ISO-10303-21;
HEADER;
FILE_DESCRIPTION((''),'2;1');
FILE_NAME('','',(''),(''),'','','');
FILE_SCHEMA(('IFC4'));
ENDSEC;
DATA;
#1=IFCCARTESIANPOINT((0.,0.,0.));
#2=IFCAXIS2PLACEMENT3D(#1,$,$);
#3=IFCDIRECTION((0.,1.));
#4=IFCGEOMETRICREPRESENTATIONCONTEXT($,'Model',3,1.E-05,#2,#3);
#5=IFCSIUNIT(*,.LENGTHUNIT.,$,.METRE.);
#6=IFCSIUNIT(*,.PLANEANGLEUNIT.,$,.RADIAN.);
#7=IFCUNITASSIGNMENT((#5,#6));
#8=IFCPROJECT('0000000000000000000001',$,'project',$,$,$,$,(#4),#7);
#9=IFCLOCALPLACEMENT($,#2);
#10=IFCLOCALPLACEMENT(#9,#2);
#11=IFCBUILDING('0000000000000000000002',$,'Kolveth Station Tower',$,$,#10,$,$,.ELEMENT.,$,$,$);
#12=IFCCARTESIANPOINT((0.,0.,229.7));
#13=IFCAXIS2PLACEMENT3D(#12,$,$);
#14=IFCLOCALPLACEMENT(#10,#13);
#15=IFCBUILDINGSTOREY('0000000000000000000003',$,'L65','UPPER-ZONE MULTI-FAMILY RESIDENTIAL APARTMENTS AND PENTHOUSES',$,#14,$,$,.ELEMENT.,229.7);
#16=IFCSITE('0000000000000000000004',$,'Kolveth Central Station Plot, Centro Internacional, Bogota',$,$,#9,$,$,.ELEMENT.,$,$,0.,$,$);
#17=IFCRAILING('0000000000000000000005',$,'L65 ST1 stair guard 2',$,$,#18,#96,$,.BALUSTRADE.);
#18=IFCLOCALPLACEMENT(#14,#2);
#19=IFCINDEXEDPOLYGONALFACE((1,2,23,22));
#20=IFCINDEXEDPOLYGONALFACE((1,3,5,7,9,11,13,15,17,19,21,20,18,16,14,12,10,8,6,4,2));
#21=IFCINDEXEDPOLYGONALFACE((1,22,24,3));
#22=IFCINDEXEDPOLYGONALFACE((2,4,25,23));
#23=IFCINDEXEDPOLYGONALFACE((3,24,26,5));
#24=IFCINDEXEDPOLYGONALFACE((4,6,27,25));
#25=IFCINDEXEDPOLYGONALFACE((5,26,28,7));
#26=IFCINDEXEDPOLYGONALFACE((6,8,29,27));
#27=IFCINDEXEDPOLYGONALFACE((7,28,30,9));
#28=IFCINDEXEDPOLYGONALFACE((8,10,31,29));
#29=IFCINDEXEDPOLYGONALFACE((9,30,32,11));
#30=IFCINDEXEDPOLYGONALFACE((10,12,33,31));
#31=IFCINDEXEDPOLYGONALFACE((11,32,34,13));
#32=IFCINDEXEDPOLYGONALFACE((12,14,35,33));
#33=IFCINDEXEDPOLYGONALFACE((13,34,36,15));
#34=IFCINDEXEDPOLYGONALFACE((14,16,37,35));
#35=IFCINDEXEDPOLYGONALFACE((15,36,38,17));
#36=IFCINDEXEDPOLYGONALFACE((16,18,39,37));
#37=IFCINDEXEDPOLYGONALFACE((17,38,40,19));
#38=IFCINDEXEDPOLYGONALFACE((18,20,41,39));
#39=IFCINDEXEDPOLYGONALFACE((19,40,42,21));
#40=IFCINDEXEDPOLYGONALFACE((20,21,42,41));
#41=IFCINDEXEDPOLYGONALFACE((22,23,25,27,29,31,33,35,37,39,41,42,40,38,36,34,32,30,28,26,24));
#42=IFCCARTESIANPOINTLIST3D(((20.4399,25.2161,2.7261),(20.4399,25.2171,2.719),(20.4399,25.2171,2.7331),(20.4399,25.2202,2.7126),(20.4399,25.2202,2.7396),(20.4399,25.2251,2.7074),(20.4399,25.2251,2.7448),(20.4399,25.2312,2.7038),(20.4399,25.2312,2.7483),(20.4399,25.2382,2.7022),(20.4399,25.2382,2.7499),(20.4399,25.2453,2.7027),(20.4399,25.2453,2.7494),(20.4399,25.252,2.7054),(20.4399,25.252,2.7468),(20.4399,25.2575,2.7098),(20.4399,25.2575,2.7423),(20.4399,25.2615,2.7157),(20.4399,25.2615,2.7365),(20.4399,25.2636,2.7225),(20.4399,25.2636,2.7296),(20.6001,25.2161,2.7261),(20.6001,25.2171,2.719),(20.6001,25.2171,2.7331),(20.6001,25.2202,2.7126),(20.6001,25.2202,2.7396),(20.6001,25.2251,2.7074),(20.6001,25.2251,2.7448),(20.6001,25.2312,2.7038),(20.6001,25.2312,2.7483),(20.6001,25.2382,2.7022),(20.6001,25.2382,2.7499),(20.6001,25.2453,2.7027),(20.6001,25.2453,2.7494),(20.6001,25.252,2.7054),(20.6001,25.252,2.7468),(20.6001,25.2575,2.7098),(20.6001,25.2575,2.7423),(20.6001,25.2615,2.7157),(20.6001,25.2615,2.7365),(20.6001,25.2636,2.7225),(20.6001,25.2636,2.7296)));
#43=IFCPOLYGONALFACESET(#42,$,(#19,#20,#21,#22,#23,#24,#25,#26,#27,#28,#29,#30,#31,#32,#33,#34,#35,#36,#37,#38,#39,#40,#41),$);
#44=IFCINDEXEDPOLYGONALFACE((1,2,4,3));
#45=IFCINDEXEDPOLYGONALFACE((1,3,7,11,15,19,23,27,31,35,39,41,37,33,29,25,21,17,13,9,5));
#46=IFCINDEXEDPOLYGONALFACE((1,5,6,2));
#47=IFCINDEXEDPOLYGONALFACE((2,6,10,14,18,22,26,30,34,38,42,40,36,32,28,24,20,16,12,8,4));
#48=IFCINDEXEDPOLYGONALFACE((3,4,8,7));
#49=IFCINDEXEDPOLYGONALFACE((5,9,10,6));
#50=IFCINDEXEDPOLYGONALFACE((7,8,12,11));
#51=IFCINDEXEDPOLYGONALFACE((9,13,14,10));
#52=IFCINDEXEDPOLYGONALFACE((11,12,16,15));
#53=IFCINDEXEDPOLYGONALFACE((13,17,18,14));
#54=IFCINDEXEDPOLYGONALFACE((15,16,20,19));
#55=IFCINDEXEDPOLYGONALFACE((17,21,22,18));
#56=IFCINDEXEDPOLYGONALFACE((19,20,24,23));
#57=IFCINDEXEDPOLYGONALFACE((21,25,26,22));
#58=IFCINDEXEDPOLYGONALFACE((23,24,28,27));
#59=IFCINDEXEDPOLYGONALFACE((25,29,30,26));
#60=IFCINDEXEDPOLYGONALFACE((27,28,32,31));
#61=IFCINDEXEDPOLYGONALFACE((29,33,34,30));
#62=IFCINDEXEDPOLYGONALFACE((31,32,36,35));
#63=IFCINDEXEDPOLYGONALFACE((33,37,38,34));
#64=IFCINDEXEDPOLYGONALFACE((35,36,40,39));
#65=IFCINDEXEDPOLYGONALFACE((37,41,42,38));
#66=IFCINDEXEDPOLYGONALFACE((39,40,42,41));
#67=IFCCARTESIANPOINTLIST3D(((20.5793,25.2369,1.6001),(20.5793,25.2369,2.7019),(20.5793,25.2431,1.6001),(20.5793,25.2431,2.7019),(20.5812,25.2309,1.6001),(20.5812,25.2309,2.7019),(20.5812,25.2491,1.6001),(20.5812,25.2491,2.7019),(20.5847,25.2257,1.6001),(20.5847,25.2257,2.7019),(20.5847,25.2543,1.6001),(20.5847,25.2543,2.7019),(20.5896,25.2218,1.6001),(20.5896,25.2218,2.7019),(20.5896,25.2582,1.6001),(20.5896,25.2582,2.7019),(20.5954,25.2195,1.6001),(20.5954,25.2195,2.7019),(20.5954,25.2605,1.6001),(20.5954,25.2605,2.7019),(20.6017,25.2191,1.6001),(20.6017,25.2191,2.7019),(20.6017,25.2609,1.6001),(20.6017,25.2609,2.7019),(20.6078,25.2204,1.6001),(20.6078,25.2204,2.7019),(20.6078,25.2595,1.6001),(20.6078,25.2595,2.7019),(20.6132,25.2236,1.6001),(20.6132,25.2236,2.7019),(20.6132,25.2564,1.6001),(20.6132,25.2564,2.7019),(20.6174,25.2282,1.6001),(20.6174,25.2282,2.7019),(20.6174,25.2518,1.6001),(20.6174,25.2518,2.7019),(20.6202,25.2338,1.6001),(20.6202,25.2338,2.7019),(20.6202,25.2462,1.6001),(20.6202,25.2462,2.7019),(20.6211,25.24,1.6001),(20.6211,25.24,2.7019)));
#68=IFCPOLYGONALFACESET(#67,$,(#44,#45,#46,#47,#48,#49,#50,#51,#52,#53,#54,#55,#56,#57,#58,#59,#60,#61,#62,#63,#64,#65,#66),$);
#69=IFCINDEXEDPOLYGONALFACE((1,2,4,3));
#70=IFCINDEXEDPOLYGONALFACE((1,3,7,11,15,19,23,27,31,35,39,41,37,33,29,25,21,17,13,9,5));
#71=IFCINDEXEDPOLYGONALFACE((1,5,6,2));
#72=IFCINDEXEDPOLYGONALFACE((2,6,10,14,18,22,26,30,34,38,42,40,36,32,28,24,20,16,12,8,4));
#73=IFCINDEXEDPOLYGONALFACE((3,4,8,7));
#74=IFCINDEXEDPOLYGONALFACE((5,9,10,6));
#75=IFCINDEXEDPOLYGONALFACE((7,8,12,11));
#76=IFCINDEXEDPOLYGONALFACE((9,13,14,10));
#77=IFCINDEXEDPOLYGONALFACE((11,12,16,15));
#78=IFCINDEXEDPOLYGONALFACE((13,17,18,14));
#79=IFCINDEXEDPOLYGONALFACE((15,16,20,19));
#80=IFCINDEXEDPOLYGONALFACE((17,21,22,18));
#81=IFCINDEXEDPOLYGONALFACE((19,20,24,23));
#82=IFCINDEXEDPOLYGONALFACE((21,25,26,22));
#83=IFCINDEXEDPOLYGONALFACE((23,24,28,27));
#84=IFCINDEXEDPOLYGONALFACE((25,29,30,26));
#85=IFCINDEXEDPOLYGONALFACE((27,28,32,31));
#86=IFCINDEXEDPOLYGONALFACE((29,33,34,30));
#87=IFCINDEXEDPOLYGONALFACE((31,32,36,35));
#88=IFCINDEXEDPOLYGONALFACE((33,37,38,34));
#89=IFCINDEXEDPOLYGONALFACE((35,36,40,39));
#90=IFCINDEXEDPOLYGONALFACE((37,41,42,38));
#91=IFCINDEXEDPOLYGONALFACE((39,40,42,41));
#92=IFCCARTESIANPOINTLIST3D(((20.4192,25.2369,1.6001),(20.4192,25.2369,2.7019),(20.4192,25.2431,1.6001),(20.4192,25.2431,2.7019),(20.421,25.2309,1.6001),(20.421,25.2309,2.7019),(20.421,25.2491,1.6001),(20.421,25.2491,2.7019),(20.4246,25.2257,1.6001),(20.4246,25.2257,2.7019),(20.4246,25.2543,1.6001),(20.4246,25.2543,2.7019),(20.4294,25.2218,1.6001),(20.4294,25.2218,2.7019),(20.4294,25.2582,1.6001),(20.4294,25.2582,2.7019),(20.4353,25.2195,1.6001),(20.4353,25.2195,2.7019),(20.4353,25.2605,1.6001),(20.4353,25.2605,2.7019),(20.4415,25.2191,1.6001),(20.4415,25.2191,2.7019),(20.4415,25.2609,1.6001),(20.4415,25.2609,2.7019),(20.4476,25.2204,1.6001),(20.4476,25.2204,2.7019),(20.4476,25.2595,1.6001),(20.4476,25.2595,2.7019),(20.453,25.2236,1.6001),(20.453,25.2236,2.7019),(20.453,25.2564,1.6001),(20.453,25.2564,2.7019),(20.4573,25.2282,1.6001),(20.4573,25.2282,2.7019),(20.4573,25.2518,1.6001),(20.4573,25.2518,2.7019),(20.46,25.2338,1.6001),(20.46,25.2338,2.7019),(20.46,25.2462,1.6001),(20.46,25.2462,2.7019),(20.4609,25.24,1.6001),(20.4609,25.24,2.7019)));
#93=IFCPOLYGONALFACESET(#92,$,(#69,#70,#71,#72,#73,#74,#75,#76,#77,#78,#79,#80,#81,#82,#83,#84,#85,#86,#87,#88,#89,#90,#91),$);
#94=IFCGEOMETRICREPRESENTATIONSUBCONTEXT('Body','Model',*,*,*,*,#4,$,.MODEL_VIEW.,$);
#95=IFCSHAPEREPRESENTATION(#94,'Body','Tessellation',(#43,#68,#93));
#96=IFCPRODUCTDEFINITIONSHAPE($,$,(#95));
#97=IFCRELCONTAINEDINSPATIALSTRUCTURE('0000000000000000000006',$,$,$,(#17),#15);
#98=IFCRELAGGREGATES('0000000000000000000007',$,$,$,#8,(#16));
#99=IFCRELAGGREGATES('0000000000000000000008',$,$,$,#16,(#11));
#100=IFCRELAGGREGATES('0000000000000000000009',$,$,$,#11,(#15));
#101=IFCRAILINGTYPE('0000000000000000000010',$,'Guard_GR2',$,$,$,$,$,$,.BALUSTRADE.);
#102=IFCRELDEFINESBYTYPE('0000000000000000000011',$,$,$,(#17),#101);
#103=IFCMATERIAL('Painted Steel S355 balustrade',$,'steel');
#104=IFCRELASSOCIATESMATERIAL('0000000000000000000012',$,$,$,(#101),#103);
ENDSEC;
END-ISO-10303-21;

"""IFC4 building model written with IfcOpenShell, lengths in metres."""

from ifc_helpers import new_model, si_unit, direction, frame, origin, origin_2d, place, context, subcontext, project, spatial, circle, extrude, material, type_object, element, save


model = new_model("IFC4")

# Units and contexts
model_context = context("Model", 3, precision=1e-05, world=origin(), true_north=direction((0.0, 1.0)))
body_context = subcontext(model_context, "Body", "Model", "MODEL_VIEW")
ifc_project = project(units=[si_unit("LENGTHUNIT", "METRE"), si_unit("PLANEANGLEUNIT", "RADIAN")], contexts=[model_context])

# Site, building, storey
site_placement = place(None, origin())
site = spatial("IfcSite", under=ifc_project, at=site_placement, Name="Kolveth Central Station Plot, Centro Internacional, Bogota", CompositionType="ELEMENT", RefElevation=0.0)
building_placement = place(site_placement, origin())
building = spatial("IfcBuilding", under=site, at=building_placement, Name="Kolveth Station Tower", CompositionType="ELEMENT")
storey_placement = place(building_placement, frame((0.0, 0.0, 229.7)))
storey = spatial("IfcBuildingStorey", under=building, at=storey_placement, Name="L65", Description="UPPER-ZONE MULTI-FAMILY RESIDENTIAL APARTMENTS AND PENTHOUSES", CompositionType="ELEMENT", Elevation=229.7)

# Railing
ifc_material_1 = material(Name="Painted Steel S355 balustrade", Category="steel")
railing_type_1 = type_object("IfcRailingType", Name="Guard_GR2", PredefinedType="BALUSTRADE", material=ifc_material_1)
railing_1_placement = place(storey_placement, frame((20.6001, 25.24, 1.6001)))
element("IfcRailing", 1, at=railing_1_placement, inside=storey, type_object=railing_type_1, Name="L65 ST1 stair guard 2", PredefinedType="BALUSTRADE", context=body_context, shape_type="SweptSolid", body=[
    extrude(circle(Radius=0.0239, at=origin_2d()), frame((0.0, 0.0, 1.126), z_axis=(-1.0, 0.0, 0.0), x_axis=(0.0, -1.0, 0.0)), (0.0, 0.0, 1.0), 0.1602),
    extrude(circle(Radius=0.021, at=origin_2d()), origin(), (0.0, 0.0, 1.0), 1.1018),
    extrude(circle(Radius=0.021, at=origin_2d()), frame((-0.1602, 0.0, 0.0)), (0.0, 0.0, 1.0), 1.1018),
])

save(model, "model.ifc")
